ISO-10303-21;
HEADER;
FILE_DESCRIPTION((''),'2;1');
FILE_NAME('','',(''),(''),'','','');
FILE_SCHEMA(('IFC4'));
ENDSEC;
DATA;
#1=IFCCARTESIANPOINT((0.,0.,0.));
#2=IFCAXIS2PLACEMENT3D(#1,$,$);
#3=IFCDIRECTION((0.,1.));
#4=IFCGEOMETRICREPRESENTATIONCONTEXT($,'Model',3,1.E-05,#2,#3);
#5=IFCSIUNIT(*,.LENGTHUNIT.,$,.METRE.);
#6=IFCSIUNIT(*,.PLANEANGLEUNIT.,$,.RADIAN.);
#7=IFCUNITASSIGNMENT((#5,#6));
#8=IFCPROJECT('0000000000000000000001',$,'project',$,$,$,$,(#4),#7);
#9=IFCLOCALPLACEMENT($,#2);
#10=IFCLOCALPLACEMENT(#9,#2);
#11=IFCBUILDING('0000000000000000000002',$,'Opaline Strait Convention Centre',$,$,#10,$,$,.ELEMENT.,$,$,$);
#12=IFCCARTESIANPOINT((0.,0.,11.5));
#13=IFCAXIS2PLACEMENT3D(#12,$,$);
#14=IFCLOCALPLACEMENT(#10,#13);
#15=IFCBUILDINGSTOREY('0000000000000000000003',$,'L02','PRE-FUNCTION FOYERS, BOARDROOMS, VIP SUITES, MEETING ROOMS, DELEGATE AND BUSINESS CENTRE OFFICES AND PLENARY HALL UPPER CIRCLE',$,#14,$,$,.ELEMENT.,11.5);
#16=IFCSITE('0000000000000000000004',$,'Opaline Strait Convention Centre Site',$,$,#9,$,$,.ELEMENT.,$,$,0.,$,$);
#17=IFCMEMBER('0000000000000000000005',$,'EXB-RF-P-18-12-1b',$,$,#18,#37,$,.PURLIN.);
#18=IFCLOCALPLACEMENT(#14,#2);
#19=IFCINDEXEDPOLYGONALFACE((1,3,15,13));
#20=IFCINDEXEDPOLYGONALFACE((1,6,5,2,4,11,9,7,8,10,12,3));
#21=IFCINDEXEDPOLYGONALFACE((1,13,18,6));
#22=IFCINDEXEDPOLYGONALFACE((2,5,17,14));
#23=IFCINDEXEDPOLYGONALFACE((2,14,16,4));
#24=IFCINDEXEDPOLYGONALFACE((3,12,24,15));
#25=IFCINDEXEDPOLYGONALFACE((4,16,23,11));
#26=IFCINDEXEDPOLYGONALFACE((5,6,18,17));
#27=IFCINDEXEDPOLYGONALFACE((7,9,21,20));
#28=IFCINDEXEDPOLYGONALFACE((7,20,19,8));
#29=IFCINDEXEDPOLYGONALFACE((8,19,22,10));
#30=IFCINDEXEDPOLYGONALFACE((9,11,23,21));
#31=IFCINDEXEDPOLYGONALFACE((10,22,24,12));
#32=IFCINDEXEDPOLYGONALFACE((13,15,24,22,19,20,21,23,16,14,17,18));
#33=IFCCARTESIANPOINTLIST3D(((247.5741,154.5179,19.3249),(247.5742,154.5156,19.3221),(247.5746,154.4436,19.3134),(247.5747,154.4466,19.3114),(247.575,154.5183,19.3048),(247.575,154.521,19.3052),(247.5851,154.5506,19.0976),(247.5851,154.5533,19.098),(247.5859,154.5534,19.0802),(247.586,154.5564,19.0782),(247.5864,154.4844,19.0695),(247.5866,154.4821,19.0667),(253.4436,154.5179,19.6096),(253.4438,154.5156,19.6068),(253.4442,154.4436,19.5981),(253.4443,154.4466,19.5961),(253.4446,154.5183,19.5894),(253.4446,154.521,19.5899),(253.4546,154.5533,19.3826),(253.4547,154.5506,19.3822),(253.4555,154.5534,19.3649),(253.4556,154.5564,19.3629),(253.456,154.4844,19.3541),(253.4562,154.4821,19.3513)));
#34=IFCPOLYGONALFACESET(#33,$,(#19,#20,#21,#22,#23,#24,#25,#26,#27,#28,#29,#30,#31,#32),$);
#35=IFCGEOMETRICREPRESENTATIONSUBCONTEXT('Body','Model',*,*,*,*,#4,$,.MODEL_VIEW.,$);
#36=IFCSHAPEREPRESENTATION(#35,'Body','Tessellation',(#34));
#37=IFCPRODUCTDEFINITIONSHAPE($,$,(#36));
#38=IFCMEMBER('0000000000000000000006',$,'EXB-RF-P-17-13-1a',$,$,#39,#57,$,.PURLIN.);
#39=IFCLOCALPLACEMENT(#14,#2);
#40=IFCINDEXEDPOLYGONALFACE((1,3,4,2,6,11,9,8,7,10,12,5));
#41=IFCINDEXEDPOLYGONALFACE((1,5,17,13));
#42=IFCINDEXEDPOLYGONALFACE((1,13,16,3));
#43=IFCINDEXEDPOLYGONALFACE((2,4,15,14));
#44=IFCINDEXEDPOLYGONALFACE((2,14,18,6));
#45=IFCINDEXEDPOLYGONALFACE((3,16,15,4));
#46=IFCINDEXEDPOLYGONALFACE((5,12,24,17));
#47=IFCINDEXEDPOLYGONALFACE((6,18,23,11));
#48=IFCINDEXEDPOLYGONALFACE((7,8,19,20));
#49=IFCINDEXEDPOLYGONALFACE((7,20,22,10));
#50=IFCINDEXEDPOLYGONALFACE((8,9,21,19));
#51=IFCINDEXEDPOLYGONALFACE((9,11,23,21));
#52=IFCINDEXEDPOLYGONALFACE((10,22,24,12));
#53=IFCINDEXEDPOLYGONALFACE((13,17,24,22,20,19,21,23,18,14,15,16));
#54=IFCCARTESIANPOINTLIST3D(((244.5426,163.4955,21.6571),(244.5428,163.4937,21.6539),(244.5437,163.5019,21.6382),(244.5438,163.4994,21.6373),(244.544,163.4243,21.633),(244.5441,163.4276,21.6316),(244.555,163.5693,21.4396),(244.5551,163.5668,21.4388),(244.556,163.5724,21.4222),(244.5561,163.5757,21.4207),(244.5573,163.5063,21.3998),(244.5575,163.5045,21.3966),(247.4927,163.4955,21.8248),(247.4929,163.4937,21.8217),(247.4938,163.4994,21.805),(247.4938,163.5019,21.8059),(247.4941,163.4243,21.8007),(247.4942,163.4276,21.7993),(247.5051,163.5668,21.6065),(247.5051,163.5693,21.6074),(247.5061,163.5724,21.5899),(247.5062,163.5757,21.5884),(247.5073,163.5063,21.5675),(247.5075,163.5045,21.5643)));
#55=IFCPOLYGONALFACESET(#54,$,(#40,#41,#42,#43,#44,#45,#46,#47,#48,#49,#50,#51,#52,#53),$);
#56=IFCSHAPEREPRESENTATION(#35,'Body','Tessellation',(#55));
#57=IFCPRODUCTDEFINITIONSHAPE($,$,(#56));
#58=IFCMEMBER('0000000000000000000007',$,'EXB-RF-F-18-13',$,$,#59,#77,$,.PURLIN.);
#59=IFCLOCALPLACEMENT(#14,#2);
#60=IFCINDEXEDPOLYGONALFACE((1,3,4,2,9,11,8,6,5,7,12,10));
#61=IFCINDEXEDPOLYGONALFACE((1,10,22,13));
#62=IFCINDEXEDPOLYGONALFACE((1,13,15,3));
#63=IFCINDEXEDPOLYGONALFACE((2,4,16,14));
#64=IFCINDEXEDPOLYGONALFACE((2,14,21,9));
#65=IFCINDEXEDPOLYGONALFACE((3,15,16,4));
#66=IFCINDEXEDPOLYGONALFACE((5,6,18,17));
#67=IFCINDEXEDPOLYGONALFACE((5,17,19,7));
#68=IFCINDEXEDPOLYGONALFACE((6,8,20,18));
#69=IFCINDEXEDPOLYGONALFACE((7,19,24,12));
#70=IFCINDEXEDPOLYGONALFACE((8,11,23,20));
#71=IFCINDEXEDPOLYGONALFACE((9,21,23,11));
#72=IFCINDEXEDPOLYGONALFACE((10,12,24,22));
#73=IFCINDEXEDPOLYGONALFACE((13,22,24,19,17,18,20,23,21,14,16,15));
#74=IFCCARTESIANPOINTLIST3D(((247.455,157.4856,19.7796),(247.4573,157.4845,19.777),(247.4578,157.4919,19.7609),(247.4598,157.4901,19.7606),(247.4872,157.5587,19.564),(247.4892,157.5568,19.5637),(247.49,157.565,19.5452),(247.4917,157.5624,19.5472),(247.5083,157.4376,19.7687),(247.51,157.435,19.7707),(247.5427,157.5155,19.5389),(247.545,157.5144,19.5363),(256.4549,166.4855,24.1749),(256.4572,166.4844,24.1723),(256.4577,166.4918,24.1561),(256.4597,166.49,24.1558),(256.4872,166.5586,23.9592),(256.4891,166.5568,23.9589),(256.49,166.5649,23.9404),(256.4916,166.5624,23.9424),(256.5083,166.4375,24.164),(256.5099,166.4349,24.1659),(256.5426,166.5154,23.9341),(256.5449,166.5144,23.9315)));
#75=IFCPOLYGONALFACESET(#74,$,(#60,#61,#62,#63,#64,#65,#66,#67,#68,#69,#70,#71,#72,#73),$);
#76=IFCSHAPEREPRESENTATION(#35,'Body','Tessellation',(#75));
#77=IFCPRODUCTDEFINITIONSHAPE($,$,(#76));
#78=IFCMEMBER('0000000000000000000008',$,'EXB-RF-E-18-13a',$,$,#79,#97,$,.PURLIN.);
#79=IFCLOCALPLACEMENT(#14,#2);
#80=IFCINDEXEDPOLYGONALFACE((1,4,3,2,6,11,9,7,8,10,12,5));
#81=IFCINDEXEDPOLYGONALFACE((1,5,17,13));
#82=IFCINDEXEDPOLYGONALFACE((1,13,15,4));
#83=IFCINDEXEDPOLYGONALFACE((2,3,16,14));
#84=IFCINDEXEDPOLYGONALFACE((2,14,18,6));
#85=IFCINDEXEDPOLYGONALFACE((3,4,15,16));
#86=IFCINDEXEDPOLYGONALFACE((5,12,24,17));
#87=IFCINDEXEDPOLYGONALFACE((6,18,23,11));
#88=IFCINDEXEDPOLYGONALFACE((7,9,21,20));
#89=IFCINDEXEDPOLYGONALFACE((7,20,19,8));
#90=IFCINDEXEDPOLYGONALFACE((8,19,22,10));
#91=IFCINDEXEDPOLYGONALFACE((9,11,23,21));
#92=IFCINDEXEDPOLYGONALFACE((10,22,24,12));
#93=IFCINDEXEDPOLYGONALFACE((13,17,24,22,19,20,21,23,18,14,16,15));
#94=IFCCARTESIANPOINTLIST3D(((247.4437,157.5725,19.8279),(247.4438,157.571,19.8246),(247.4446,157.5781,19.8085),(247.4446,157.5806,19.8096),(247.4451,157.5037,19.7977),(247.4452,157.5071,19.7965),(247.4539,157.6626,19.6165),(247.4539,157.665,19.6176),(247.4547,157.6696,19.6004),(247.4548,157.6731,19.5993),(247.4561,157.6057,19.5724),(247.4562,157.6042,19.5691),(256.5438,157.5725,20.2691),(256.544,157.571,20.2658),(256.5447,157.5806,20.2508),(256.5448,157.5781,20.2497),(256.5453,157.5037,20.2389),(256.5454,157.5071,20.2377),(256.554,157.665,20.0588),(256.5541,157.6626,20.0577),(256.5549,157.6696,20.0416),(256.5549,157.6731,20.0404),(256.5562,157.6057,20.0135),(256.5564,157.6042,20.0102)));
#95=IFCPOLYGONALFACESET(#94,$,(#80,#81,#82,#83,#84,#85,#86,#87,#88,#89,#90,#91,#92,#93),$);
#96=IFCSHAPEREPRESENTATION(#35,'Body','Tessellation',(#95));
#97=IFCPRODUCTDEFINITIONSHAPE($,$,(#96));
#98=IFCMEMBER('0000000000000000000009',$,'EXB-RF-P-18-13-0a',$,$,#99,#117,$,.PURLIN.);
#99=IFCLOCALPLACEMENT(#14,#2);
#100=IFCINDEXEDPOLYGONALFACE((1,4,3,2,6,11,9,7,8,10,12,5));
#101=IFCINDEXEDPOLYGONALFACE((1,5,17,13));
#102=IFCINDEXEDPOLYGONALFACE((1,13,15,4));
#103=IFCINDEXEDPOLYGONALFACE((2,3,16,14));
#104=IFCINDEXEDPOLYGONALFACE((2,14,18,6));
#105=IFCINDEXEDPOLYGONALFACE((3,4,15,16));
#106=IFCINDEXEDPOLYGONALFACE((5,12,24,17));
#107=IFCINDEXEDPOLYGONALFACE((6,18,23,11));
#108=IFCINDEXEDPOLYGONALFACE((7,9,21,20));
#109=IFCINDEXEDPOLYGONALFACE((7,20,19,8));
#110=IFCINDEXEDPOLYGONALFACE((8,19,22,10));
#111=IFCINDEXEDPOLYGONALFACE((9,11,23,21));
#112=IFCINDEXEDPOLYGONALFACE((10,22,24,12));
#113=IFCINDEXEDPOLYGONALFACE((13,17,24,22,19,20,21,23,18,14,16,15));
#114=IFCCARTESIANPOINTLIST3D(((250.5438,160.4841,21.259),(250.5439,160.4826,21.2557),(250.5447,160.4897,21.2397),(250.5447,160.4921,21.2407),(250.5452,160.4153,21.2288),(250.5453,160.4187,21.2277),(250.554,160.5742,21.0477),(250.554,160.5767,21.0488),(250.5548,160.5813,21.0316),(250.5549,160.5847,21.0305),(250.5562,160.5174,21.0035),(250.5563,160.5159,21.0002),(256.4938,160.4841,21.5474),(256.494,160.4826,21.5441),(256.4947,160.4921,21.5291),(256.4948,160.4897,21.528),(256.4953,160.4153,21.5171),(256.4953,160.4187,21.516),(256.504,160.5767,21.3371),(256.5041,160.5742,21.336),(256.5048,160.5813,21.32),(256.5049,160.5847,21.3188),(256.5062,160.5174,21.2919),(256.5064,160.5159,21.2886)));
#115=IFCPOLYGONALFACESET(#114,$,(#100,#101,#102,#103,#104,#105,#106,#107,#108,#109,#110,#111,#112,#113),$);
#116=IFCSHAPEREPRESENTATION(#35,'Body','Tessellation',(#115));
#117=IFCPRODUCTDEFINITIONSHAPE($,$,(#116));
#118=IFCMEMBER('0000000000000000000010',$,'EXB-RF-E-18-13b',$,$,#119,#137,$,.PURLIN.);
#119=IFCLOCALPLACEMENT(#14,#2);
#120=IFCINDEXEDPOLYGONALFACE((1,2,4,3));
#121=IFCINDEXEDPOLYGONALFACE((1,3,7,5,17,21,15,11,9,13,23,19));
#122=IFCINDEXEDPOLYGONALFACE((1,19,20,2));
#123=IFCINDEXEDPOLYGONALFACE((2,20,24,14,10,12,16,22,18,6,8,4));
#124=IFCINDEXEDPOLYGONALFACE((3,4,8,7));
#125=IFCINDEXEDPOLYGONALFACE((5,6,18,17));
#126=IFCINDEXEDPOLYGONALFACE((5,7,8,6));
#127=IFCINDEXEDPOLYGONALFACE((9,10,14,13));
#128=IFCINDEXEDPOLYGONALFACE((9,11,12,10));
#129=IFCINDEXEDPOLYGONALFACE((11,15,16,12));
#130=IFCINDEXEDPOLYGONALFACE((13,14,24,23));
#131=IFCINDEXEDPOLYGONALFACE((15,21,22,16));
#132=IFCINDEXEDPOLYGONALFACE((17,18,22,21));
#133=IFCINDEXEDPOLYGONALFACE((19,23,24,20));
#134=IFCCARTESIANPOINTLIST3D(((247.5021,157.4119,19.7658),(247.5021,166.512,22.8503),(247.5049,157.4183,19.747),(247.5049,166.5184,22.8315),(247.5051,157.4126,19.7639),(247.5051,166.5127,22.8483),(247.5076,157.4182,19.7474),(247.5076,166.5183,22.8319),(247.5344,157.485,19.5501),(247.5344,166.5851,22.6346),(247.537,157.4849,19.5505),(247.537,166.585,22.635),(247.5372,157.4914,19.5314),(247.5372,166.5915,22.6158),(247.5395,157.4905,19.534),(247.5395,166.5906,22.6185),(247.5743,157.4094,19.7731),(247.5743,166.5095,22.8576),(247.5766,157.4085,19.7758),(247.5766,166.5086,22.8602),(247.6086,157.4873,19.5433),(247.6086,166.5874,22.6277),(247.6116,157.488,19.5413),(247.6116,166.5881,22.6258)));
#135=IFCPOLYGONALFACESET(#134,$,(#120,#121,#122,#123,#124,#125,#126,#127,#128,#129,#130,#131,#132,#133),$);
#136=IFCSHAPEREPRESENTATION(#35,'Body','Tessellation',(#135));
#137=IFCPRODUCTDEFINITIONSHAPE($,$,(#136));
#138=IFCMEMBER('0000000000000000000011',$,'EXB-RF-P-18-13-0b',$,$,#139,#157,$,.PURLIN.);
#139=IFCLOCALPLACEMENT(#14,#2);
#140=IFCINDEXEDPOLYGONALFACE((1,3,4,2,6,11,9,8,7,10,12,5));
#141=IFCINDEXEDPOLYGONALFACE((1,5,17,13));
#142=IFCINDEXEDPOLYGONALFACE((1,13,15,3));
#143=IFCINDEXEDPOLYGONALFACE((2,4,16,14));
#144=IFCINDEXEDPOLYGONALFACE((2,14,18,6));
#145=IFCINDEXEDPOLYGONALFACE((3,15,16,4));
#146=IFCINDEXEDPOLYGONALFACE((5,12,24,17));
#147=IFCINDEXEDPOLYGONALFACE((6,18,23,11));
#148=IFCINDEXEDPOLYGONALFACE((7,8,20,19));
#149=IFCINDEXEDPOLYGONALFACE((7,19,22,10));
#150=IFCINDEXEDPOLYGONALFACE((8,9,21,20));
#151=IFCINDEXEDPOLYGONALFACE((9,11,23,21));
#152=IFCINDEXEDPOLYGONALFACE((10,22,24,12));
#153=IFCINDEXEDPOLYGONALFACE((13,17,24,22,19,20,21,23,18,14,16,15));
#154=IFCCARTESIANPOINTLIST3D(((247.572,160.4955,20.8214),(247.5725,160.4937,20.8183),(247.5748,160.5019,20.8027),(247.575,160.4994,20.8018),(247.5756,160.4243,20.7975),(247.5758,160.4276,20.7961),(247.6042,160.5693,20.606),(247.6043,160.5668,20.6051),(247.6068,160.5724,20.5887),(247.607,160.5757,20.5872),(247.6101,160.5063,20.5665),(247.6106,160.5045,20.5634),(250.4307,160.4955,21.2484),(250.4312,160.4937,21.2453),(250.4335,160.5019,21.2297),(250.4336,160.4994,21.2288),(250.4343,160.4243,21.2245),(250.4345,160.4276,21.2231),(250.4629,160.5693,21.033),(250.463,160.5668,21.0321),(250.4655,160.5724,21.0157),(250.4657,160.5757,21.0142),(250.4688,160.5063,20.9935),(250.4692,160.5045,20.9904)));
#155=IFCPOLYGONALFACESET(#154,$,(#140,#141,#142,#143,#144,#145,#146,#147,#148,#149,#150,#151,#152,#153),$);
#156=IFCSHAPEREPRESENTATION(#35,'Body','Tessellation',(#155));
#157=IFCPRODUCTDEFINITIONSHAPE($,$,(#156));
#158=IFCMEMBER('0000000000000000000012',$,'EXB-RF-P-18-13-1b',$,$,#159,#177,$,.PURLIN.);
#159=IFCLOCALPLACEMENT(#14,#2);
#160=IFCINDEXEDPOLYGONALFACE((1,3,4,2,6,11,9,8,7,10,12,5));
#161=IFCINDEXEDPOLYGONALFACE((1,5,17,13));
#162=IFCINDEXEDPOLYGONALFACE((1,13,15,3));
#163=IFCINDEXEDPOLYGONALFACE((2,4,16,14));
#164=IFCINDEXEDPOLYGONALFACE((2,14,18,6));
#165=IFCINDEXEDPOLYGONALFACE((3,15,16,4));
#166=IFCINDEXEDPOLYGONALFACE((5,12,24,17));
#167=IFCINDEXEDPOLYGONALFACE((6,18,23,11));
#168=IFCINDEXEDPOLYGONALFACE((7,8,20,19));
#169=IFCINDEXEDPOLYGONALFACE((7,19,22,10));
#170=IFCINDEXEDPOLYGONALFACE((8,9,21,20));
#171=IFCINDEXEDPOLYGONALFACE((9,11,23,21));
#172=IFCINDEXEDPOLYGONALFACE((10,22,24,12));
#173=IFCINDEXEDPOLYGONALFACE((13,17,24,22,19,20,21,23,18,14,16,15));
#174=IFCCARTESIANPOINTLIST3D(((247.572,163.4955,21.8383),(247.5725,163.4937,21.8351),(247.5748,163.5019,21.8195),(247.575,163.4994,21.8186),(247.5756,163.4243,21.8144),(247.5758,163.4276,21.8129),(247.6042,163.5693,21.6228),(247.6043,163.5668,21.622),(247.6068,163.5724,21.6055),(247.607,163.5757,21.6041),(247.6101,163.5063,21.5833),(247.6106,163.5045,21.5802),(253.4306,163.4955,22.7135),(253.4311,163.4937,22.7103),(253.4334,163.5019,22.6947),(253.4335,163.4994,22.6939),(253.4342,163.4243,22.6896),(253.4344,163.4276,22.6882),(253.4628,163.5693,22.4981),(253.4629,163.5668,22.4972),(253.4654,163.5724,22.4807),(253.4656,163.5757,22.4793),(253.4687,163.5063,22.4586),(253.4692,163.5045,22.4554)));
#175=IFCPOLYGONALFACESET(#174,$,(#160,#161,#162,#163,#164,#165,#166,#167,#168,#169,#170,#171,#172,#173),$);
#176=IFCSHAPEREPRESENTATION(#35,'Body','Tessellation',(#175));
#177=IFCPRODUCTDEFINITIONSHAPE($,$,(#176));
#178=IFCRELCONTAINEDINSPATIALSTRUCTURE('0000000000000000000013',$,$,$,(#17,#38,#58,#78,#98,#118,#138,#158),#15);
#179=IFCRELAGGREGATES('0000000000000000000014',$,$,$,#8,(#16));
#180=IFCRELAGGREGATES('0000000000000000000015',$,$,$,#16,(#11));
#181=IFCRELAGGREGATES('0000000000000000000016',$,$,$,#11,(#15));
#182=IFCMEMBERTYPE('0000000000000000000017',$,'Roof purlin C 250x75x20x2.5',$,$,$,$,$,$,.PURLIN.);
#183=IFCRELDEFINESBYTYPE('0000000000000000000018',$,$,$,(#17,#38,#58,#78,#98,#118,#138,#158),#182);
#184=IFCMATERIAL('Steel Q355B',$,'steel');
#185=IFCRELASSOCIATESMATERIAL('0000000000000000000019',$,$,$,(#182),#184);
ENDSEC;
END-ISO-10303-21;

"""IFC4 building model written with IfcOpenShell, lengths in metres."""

from ifc_helpers import new_model, si_unit, direction, frame, origin, place, context, subcontext, project, spatial, polyline, outline, extrude, material, material_profile, profile_set, type_object, element, save


model = new_model("IFC4")

# Units and contexts
model_context = context("Model", 3, precision=1e-05, world=origin(), true_north=direction((0.0, 1.0)))
body_context = subcontext(model_context, "Body", "Model", "MODEL_VIEW")
ifc_project = project(units=[si_unit("LENGTHUNIT", "METRE"), si_unit("PLANEANGLEUNIT", "RADIAN")], contexts=[model_context])

# Site, building, storey
site_placement = place(None, origin())
site = spatial("IfcSite", under=ifc_project, at=site_placement, Name="Opaline Strait Convention Centre Site", CompositionType="ELEMENT", RefElevation=0.0)
building_placement = place(site_placement, origin())
building = spatial("IfcBuilding", under=site, at=building_placement, Name="Opaline Strait Convention Centre", CompositionType="ELEMENT")
storey_placement = place(building_placement, frame((0.0, 0.0, 11.5)))
storey = spatial("IfcBuildingStorey", under=building, at=storey_placement, Name="L02", Description="PRE-FUNCTION FOYERS, BOARDROOMS, VIP SUITES, MEETING ROOMS, DELEGATE AND BUSINESS CENTRE OFFICES AND PLENARY HALL UPPER CIRCLE", CompositionType="ELEMENT", Elevation=11.5)

# Members
ifc_material_1 = material(Name="Steel Q355B", Category="steel")
ifc_material_profile_1 = material_profile(ifc_material_1, outline(polyline([(-0.0376, -0.125), (0.0376, -0.125), (0.0376, -0.105), (0.0349, -0.105), (0.0349, -0.1226), (-0.0349, -0.1226), (-0.0349, 0.1226), (0.0349, 0.1226), (0.0349, 0.105), (0.0376, 0.105), (0.0376, 0.125), (-0.0376, 0.125), (-0.0376, -0.125)])), Name="C 250x75x20x2.5")
ifc_profile_set_1 = profile_set([ifc_material_profile_1], Name="Steel Q355B")
member_type_1 = type_object("IfcMemberType", Name="Roof purlin C 250x75x20x2.5", PredefinedType="PURLIN", material=ifc_profile_set_1)
member_1_placement = place(storey_placement, frame((247.5803, 154.5, 19.1958), z_axis=(0.998826, 0.0, 0.048442), x_axis=(-0.007453, 0.988092, 0.153683)))
element("IfcMember", 1, at=member_1_placement, inside=storey, type_object=member_type_1, Name="EXB-RF-P-18-12-1b", PredefinedType="PURLIN", context=body_context, shape_type="SweptSolid", body=[
    extrude(outline(polyline([(-0.0376, -0.125), (0.0376, -0.125), (0.0376, -0.105), (0.0349, -0.105), (0.0349, -0.1226), (-0.0349, -0.1226), (-0.0349, 0.1226), (0.0349, 0.1226), (0.0349, 0.105), (0.0376, 0.105), (0.0376, 0.125), (-0.0376, 0.125), (-0.0376, -0.125)])), origin(), (0.0, 0.0, 1.0), 5.8765),
])
member_2_placement = place(storey_placement, frame((244.55, 163.5, 21.5269), z_axis=(0.998388, 0.0, 0.056765), x_axis=(-0.018222, 0.947074, 0.320497)))
element("IfcMember", 2, at=member_2_placement, inside=storey, type_object=member_type_1, Name="EXB-RF-P-17-13-1a", PredefinedType="PURLIN", context=body_context, shape_type="SweptSolid", body=[
    extrude(outline(polyline([(-0.0376, -0.125), (0.0376, -0.125), (0.0376, -0.105), (0.0349, -0.105), (0.0349, -0.1226), (-0.0349, -0.1226), (-0.0349, 0.1226), (0.0349, 0.1226), (0.0349, 0.105), (0.0376, 0.105), (0.0376, 0.125), (-0.0376, 0.125), (-0.0376, -0.125)])), origin(), (0.0, 0.0, 1.0), 2.9548),
])
member_3_placement = place(storey_placement, frame((247.5, 157.5, 19.658), z_axis=(0.668377, 0.668377, 0.32641), x_axis=(-0.730509, 0.672491, 0.118801)))
element("IfcMember", 3, at=member_3_placement, inside=storey, type_object=member_type_1, Name="EXB-RF-F-18-13", PredefinedType="PURLIN", context=body_context, shape_type="SweptSolid", body=[
    extrude(outline(polyline([(-0.0376, -0.125), (0.0376, -0.125), (0.0376, -0.105), (0.0349, -0.105), (0.0349, -0.1226), (-0.0349, -0.1226), (-0.0349, 0.1226), (0.0349, 0.1226), (0.0349, 0.105), (0.0376, 0.105), (0.0376, 0.125), (-0.0376, 0.125), (-0.0376, -0.125)])), origin(), (0.0, 0.0, 1.0), 13.4653),
])
member_4_placement = place(storey_placement, frame((247.45, 157.5884, 19.6985), z_axis=(0.998827, 0.0, 0.048422), x_axis=(-0.019477, 0.915533, 0.401772)))
element("IfcMember", 4, at=member_4_placement, inside=storey, type_object=member_type_1, Name="EXB-RF-E-18-13a", PredefinedType="PURLIN", context=body_context, shape_type="SweptSolid", body=[
    extrude(outline(polyline([(-0.0376, -0.125), (0.0376, -0.125), (0.0376, -0.105), (0.0349, -0.105), (0.0349, -0.1226), (-0.0349, -0.1226), (-0.0349, 0.1226), (0.0349, 0.1226), (0.0349, 0.105), (0.0376, 0.105), (0.0376, 0.125), (-0.0376, 0.125), (-0.0376, -0.125)])), origin(), (0.0, 0.0, 1.0), 9.1108),
])
member_5_placement = place(storey_placement, frame((250.55, 160.5, 21.1296), z_axis=(0.998828, 0.0, 0.048402), x_axis=(-0.019489, 0.915359, 0.402168)))
element("IfcMember", 5, at=member_5_placement, inside=storey, type_object=member_type_1, Name="EXB-RF-P-18-13-0a", PredefinedType="PURLIN", context=body_context, shape_type="SweptSolid", body=[
    extrude(outline(polyline([(-0.0376, -0.125), (0.0376, -0.125), (0.0376, -0.105), (0.0349, -0.105), (0.0349, -0.1226), (-0.0349, -0.1226), (-0.0349, 0.1226), (0.0349, 0.1226), (0.0349, 0.105), (0.0376, 0.105), (0.0376, 0.125), (-0.0376, 0.125), (-0.0376, -0.125)])), origin(), (0.0, 0.0, 1.0), 5.957),
])
member_6_placement = place(storey_placement, frame((247.5569, 157.45, 19.6536), z_axis=(0.0, 0.947076, 0.321011), x_axis=(-0.990137, 0.044975, -0.132688)))
element("IfcMember", 6, at=member_6_placement, inside=storey, type_object=member_type_1, Name="EXB-RF-E-18-13b", PredefinedType="PURLIN", context=body_context, shape_type="SweptSolid", body=[
    extrude(outline(polyline([(-0.0376, -0.125), (0.0376, -0.125), (0.0376, -0.105), (0.0349, -0.105), (0.0349, -0.1226), (-0.0349, -0.1226), (-0.0349, 0.1226), (0.0349, 0.1226), (0.0349, 0.105), (0.0376, 0.105), (0.0376, 0.125), (-0.0376, 0.125), (-0.0376, -0.125)])), origin(), (0.0, 0.0, 1.0), 9.6086),
])
member_7_placement = place(storey_placement, frame((247.5913, 160.5, 20.6924), z_axis=(0.989027, 0.0, 0.147733), x_axis=(-0.047425, 0.947074, 0.317492)))
element("IfcMember", 7, at=member_7_placement, inside=storey, type_object=member_type_1, Name="EXB-RF-P-18-13-0b", PredefinedType="PURLIN", context=body_context, shape_type="SweptSolid", body=[
    extrude(outline(polyline([(-0.0376, -0.125), (0.0376, -0.125), (0.0376, -0.105), (0.0349, -0.105), (0.0349, -0.1226), (-0.0349, -0.1226), (-0.0349, 0.1226), (0.0349, 0.1226), (0.0349, 0.105), (0.0376, 0.105), (0.0376, 0.125), (-0.0376, 0.125), (-0.0376, -0.125)])), origin(), (0.0, 0.0, 1.0), 2.8904),
])
member_8_placement = place(storey_placement, frame((247.5913, 163.5, 21.7092), z_axis=(0.989024, 0.0, 0.147754), x_axis=(-0.047431, 0.947074, 0.317491)))
element("IfcMember", 8, at=member_8_placement, inside=storey, type_object=member_type_1, Name="EXB-RF-P-18-13-1b", PredefinedType="PURLIN", context=body_context, shape_type="SweptSolid", body=[
    extrude(outline(polyline([(-0.0376, -0.125), (0.0376, -0.125), (0.0376, -0.105), (0.0349, -0.105), (0.0349, -0.1226), (-0.0349, -0.1226), (-0.0349, 0.1226), (0.0349, 0.1226), (0.0349, 0.105), (0.0376, 0.105), (0.0376, 0.125), (-0.0376, 0.125), (-0.0376, -0.125)])), origin(), (0.0, 0.0, 1.0), 5.9236),
])

save(model, "model.ifc")
